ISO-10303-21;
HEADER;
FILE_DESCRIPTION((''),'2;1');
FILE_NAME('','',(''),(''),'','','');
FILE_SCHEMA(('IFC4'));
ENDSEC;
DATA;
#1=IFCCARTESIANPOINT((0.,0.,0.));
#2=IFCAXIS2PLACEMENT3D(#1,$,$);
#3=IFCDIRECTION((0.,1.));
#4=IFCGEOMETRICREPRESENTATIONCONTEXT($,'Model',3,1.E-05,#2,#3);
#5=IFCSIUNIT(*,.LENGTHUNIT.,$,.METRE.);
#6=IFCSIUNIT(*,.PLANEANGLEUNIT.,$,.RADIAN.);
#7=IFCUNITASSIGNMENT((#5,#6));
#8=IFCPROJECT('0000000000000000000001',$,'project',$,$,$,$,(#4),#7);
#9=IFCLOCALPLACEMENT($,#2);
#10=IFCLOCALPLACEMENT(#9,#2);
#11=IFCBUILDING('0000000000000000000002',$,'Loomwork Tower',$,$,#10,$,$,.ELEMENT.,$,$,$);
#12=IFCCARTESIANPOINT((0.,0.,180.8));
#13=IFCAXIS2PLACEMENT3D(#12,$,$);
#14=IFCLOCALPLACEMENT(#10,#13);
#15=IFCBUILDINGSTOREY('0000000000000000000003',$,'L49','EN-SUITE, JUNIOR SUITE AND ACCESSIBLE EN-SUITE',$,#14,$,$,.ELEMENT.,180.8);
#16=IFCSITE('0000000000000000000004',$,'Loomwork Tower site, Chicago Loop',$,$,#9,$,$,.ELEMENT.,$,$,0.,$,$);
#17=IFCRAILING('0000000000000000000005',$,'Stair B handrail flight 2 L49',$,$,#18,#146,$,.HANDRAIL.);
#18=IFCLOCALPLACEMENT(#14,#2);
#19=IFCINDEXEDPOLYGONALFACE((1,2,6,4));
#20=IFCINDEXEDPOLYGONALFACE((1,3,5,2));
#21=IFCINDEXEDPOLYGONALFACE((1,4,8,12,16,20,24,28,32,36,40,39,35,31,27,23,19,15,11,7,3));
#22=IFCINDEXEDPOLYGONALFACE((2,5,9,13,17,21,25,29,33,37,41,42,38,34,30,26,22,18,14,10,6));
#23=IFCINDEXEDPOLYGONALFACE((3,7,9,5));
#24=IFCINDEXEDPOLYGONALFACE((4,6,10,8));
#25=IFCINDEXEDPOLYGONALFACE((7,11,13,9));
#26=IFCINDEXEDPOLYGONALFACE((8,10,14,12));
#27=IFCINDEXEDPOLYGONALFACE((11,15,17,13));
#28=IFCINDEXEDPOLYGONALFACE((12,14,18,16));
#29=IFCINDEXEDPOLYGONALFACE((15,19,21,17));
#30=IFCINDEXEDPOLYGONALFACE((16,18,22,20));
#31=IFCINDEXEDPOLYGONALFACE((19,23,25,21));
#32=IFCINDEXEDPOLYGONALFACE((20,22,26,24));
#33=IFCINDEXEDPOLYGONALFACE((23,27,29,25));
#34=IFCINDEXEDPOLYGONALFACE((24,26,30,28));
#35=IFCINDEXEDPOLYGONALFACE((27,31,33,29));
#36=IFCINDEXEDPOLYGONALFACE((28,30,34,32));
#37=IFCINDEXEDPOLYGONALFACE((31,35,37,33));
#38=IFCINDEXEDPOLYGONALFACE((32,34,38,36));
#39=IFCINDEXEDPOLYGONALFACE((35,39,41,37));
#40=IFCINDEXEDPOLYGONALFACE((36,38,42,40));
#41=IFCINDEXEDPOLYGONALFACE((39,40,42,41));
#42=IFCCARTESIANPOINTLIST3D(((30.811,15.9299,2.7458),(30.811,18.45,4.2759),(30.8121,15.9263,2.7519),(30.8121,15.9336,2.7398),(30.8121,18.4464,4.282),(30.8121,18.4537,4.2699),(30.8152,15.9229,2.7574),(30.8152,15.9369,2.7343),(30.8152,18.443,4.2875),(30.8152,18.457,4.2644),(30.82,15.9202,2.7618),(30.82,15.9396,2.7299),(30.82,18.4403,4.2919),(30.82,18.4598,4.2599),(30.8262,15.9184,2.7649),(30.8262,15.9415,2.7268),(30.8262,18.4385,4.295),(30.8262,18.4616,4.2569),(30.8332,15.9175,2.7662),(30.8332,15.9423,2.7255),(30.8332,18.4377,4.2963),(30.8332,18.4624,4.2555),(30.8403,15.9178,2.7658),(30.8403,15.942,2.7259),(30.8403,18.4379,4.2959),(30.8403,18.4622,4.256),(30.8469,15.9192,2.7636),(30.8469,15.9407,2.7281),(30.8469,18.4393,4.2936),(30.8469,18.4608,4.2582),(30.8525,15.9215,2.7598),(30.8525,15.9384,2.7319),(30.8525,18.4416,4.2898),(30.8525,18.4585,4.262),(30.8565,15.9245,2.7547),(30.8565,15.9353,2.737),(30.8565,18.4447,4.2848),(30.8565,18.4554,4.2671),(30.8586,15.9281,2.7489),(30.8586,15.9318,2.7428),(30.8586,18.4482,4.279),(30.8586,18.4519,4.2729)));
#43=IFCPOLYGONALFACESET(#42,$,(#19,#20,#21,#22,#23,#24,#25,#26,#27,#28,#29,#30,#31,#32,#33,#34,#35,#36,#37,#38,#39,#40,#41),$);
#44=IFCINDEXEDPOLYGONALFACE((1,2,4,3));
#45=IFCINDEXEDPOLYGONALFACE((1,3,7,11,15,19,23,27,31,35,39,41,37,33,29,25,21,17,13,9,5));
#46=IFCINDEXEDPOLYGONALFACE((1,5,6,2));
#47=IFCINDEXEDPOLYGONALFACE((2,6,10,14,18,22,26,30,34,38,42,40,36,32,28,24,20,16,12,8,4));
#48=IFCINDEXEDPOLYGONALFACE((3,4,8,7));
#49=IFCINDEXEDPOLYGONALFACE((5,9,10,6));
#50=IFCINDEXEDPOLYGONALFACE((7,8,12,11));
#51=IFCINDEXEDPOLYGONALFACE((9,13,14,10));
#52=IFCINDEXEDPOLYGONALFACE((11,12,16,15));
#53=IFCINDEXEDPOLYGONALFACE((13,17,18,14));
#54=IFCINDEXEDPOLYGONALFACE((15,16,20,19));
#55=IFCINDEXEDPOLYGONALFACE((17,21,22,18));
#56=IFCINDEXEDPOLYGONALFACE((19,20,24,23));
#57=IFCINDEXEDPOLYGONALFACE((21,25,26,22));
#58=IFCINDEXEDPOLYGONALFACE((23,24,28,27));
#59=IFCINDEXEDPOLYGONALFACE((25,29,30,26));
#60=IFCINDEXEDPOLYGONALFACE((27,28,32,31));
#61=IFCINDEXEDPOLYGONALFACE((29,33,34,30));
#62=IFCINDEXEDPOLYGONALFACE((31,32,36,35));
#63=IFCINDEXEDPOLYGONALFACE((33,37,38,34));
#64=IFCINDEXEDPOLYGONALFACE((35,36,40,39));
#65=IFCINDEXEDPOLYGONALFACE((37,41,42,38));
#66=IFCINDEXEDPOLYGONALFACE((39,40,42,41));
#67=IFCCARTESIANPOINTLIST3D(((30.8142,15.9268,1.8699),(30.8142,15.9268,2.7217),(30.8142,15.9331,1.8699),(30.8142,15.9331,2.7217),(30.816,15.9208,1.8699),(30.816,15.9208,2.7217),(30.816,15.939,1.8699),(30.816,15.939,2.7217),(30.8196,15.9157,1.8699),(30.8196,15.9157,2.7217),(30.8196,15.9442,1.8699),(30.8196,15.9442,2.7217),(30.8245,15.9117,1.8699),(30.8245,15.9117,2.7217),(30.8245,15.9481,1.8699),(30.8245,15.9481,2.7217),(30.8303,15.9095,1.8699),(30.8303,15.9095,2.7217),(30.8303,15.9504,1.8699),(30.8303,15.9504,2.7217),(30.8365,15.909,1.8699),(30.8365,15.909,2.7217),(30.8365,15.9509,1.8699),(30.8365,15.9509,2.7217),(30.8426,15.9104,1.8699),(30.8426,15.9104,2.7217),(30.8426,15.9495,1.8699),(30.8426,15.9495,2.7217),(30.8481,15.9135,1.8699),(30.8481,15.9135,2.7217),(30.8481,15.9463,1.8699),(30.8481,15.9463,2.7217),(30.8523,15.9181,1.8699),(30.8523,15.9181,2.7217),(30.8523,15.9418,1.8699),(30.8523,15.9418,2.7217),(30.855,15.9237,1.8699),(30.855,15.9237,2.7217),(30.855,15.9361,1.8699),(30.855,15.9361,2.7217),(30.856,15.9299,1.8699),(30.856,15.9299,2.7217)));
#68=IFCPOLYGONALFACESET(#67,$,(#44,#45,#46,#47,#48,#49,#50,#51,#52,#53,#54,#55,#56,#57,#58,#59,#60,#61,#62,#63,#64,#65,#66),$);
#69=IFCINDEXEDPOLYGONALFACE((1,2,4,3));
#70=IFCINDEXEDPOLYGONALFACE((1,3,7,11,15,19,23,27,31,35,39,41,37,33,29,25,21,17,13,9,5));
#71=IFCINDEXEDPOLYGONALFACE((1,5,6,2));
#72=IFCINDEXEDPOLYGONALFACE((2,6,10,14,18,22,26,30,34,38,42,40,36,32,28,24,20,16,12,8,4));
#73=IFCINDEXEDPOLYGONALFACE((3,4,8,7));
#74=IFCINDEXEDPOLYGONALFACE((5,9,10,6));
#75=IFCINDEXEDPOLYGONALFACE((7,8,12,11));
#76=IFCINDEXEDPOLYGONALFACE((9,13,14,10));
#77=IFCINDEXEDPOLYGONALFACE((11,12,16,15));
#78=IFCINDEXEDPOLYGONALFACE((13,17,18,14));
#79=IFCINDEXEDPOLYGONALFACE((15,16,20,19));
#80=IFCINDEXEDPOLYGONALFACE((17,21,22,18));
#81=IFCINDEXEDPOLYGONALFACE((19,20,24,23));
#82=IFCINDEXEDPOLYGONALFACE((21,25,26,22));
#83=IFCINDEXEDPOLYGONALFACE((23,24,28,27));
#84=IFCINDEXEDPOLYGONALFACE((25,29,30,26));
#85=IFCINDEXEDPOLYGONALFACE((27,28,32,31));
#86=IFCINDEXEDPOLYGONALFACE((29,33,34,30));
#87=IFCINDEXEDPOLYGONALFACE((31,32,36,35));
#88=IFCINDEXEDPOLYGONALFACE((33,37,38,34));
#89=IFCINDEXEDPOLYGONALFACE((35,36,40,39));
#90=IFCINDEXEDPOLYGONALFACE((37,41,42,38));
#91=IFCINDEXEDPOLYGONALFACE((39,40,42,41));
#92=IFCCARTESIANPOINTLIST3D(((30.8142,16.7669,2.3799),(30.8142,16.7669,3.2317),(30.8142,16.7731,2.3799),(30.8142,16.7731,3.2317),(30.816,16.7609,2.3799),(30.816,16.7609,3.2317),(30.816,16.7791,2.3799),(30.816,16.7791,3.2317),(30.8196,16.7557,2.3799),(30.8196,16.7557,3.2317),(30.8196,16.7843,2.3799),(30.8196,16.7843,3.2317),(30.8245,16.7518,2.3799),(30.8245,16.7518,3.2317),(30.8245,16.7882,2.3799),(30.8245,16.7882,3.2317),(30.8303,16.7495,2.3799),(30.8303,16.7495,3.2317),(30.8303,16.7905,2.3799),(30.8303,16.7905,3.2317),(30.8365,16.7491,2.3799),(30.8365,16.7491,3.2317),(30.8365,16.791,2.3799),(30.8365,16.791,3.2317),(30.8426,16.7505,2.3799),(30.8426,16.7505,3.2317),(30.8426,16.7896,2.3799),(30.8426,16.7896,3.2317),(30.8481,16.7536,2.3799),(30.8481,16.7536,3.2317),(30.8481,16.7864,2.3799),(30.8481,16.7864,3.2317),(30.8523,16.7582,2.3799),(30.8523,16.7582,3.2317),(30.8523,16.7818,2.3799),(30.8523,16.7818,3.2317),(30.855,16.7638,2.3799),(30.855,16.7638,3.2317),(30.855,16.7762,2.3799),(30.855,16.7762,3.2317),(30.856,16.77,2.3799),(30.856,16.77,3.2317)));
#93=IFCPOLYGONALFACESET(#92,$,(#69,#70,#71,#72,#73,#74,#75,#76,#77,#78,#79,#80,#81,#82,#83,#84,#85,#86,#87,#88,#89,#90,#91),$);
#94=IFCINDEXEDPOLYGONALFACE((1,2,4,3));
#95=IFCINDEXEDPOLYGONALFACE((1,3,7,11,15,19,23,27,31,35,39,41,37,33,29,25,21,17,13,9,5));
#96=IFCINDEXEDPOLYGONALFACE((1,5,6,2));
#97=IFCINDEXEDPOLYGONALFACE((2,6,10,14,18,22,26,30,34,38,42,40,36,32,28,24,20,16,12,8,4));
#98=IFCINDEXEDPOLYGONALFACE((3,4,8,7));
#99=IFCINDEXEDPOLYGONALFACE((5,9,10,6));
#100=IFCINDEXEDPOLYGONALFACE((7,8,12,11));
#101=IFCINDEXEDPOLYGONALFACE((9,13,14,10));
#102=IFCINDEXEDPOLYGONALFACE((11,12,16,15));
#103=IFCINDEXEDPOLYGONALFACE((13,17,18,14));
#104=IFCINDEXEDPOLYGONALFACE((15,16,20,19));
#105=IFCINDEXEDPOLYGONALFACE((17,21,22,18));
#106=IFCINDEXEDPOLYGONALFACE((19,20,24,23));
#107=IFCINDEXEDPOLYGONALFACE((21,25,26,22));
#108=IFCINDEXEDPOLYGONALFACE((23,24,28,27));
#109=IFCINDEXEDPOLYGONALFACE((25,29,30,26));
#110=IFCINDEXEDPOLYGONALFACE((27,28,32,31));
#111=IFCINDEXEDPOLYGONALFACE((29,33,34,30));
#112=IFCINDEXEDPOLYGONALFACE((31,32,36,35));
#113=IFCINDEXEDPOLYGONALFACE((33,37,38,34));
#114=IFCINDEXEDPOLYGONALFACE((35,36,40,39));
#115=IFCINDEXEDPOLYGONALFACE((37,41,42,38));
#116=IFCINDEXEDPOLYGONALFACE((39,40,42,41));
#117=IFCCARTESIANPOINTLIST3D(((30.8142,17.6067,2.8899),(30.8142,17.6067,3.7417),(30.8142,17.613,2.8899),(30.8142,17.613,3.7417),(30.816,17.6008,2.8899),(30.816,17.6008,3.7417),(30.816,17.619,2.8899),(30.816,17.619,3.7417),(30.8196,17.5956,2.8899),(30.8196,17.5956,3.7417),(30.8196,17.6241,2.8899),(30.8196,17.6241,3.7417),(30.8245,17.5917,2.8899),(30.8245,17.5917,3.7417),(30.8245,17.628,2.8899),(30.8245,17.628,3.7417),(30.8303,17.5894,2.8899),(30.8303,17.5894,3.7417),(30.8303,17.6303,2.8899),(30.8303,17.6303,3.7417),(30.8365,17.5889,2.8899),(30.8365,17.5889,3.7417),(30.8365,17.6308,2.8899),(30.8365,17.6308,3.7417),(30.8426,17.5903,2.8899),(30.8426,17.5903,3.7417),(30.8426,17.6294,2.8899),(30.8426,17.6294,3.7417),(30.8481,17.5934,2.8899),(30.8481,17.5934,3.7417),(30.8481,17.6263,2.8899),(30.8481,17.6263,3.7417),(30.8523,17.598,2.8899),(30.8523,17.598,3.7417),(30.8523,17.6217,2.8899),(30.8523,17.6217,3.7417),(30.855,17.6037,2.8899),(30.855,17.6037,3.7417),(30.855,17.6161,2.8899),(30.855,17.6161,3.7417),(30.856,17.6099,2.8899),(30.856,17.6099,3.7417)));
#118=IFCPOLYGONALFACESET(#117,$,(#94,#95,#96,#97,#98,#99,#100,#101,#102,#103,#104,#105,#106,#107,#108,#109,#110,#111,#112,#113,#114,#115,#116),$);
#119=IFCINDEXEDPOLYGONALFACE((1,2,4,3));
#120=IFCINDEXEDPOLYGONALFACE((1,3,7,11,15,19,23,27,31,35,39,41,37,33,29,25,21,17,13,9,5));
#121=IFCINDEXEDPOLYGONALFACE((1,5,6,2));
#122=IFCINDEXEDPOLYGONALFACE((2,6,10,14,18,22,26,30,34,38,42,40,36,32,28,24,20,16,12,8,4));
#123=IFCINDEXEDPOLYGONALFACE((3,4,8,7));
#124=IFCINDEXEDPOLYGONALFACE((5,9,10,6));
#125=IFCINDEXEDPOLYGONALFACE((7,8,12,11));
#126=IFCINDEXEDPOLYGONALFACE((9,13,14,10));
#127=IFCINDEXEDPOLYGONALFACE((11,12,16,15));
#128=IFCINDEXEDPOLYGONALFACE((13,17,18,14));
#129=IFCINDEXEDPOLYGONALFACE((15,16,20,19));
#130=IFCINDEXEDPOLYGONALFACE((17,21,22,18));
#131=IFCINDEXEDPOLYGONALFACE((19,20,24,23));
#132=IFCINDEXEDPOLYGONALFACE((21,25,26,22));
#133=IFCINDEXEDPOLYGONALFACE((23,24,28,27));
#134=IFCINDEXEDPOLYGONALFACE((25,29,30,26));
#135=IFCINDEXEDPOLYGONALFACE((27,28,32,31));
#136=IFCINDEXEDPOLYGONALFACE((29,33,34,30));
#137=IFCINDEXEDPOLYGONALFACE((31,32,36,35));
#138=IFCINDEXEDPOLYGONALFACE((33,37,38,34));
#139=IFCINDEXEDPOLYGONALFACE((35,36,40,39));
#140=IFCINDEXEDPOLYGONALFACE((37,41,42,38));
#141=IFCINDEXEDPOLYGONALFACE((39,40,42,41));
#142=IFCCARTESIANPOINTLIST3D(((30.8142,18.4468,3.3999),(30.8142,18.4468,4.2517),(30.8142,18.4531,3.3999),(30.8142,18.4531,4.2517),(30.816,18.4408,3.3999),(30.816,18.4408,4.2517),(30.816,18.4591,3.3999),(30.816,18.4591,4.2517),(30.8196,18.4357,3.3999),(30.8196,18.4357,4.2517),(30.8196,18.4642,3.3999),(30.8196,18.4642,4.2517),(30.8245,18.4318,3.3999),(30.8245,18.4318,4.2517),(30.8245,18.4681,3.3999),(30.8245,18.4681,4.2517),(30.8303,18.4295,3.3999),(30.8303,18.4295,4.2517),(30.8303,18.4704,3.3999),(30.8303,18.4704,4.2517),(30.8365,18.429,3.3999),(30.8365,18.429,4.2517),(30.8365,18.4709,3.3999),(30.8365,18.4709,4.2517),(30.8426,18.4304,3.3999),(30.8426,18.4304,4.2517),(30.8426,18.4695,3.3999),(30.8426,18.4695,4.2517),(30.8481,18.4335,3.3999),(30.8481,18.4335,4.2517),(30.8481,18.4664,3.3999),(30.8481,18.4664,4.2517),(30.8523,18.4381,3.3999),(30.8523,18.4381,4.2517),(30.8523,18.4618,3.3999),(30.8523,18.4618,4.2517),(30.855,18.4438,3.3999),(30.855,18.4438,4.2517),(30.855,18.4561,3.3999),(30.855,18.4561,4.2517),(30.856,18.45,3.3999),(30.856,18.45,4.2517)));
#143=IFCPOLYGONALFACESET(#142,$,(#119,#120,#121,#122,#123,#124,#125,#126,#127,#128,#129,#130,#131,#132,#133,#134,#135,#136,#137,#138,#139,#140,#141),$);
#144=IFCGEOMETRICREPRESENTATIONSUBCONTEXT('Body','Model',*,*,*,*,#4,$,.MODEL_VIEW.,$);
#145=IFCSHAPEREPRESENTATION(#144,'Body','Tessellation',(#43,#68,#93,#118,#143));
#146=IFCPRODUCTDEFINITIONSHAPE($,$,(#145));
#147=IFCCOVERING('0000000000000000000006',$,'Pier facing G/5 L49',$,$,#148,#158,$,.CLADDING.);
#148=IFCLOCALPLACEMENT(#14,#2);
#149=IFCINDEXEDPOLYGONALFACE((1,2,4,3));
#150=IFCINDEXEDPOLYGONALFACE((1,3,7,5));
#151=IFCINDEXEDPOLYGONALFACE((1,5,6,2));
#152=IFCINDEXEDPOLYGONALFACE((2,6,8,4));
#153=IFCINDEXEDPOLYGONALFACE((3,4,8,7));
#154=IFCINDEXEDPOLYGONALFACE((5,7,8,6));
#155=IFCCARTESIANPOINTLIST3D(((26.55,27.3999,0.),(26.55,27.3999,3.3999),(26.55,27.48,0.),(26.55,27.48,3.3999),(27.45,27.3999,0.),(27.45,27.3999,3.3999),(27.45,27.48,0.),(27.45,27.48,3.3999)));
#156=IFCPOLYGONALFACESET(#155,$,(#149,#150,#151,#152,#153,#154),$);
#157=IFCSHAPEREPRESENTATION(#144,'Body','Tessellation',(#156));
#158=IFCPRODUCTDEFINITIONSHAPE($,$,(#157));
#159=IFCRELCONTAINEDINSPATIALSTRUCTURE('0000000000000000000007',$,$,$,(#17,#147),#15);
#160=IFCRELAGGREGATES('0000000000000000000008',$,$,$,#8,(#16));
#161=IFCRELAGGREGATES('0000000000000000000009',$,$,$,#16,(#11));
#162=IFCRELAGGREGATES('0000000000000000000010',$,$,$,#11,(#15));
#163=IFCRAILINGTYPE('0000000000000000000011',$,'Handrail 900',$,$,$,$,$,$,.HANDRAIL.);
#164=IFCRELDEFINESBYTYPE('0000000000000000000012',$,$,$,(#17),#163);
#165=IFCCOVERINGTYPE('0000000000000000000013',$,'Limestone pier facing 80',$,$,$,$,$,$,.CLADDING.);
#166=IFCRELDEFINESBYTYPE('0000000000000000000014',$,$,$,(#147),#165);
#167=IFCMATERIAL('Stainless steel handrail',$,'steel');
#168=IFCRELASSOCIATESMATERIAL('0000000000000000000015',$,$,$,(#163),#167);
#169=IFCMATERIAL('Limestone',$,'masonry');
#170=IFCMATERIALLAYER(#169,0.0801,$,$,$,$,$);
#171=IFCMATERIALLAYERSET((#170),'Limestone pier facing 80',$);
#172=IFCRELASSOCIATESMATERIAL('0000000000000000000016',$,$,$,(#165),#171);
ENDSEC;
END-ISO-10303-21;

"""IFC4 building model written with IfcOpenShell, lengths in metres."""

from ifc_helpers import new_model, si_unit, direction, frame, origin, origin_2d, place, context, subcontext, project, spatial, rectangle, circle, extrude, material, layer, layer_set, type_object, element, save


model = new_model("IFC4")

# Units and contexts
model_context = context("Model", 3, precision=1e-05, world=origin(), true_north=direction((0.0, 1.0)))
body_context = subcontext(model_context, "Body", "Model", "MODEL_VIEW")
ifc_project = project(units=[si_unit("LENGTHUNIT", "METRE"), si_unit("PLANEANGLEUNIT", "RADIAN")], contexts=[model_context])

# Site, building, storey
site_placement = place(None, origin())
site = spatial("IfcSite", under=ifc_project, at=site_placement, Name="Loomwork Tower site, Chicago Loop", CompositionType="ELEMENT", RefElevation=0.0)
building_placement = place(site_placement, origin())
building = spatial("IfcBuilding", under=site, at=building_placement, Name="Loomwork Tower", CompositionType="ELEMENT")
storey_placement = place(building_placement, frame((0.0, 0.0, 180.8)))
storey = spatial("IfcBuildingStorey", under=building, at=storey_placement, Name="L49", Description="EN-SUITE, JUNIOR SUITE AND ACCESSIBLE EN-SUITE", CompositionType="ELEMENT", Elevation=180.8)

# Railing
ifc_material_1 = material(Name="Stainless steel handrail", Category="steel")
railing_type = type_object("IfcRailingType", Name="Handrail 900", PredefinedType="HANDRAIL", material=ifc_material_1)
railing_placement = place(storey_placement, frame((30.835, 15.9299, 1.8699)))
element("IfcRailing", 1, at=railing_placement, inside=storey, type_object=railing_type, Name="Stair B handrail flight 2 L49", PredefinedType="HANDRAIL", context=body_context, shape_type="SweptSolid", body=[
    extrude(circle(Radius=0.0239, at=origin_2d()), frame((0.0, 0.0, 0.876), z_axis=(0.0, 0.854785, 0.518982), x_axis=(-1.0, 0.0, 0.0)), (0.0, 0.0, 1.0), 2.9482),
    extrude(circle(Radius=0.021, at=origin_2d()), origin(), (0.0, 0.0, 1.0), 0.8518),
    extrude(circle(Radius=0.021, at=origin_2d()), frame((0.0, 0.8401, 0.51)), (0.0, 0.0, 1.0), 0.8518),
    extrude(circle(Radius=0.021, at=origin_2d()), frame((0.0, 1.6799, 1.02)), (0.0, 0.0, 1.0), 0.8518),
    extrude(circle(Radius=0.021, at=origin_2d()), frame((0.0, 2.52, 1.53)), (0.0, 0.0, 1.0), 0.8518),
])

# Covering
ifc_material_2 = material(Name="Limestone", Category="masonry")
ifc_layer_1 = layer(ifc_material_2, 0.0801)
ifc_layer_set_1 = layer_set([ifc_layer_1], Name="Limestone pier facing 80")
covering_type = type_object("IfcCoveringType", Name="Limestone pier facing 80", PredefinedType="CLADDING", material=ifc_layer_set_1)
covering_placement = place(storey_placement, frame((27.0, 27.4399, 0.0), z_axis=(0.0, 0.0, 1.0), x_axis=(1.0, 0.0, 0.0)))
element("IfcCovering", 2, at=covering_placement, inside=storey, type_object=covering_type, Name="Pier facing G/5 L49", PredefinedType="CLADDING", context=body_context, shape_type="SweptSolid", body=[
    extrude(rectangle(XDim=0.8999, YDim=0.0801, at=origin_2d()), origin(), (0.0, 0.0, 1.0), 3.3999),
])

save(model, "model.ifc")
